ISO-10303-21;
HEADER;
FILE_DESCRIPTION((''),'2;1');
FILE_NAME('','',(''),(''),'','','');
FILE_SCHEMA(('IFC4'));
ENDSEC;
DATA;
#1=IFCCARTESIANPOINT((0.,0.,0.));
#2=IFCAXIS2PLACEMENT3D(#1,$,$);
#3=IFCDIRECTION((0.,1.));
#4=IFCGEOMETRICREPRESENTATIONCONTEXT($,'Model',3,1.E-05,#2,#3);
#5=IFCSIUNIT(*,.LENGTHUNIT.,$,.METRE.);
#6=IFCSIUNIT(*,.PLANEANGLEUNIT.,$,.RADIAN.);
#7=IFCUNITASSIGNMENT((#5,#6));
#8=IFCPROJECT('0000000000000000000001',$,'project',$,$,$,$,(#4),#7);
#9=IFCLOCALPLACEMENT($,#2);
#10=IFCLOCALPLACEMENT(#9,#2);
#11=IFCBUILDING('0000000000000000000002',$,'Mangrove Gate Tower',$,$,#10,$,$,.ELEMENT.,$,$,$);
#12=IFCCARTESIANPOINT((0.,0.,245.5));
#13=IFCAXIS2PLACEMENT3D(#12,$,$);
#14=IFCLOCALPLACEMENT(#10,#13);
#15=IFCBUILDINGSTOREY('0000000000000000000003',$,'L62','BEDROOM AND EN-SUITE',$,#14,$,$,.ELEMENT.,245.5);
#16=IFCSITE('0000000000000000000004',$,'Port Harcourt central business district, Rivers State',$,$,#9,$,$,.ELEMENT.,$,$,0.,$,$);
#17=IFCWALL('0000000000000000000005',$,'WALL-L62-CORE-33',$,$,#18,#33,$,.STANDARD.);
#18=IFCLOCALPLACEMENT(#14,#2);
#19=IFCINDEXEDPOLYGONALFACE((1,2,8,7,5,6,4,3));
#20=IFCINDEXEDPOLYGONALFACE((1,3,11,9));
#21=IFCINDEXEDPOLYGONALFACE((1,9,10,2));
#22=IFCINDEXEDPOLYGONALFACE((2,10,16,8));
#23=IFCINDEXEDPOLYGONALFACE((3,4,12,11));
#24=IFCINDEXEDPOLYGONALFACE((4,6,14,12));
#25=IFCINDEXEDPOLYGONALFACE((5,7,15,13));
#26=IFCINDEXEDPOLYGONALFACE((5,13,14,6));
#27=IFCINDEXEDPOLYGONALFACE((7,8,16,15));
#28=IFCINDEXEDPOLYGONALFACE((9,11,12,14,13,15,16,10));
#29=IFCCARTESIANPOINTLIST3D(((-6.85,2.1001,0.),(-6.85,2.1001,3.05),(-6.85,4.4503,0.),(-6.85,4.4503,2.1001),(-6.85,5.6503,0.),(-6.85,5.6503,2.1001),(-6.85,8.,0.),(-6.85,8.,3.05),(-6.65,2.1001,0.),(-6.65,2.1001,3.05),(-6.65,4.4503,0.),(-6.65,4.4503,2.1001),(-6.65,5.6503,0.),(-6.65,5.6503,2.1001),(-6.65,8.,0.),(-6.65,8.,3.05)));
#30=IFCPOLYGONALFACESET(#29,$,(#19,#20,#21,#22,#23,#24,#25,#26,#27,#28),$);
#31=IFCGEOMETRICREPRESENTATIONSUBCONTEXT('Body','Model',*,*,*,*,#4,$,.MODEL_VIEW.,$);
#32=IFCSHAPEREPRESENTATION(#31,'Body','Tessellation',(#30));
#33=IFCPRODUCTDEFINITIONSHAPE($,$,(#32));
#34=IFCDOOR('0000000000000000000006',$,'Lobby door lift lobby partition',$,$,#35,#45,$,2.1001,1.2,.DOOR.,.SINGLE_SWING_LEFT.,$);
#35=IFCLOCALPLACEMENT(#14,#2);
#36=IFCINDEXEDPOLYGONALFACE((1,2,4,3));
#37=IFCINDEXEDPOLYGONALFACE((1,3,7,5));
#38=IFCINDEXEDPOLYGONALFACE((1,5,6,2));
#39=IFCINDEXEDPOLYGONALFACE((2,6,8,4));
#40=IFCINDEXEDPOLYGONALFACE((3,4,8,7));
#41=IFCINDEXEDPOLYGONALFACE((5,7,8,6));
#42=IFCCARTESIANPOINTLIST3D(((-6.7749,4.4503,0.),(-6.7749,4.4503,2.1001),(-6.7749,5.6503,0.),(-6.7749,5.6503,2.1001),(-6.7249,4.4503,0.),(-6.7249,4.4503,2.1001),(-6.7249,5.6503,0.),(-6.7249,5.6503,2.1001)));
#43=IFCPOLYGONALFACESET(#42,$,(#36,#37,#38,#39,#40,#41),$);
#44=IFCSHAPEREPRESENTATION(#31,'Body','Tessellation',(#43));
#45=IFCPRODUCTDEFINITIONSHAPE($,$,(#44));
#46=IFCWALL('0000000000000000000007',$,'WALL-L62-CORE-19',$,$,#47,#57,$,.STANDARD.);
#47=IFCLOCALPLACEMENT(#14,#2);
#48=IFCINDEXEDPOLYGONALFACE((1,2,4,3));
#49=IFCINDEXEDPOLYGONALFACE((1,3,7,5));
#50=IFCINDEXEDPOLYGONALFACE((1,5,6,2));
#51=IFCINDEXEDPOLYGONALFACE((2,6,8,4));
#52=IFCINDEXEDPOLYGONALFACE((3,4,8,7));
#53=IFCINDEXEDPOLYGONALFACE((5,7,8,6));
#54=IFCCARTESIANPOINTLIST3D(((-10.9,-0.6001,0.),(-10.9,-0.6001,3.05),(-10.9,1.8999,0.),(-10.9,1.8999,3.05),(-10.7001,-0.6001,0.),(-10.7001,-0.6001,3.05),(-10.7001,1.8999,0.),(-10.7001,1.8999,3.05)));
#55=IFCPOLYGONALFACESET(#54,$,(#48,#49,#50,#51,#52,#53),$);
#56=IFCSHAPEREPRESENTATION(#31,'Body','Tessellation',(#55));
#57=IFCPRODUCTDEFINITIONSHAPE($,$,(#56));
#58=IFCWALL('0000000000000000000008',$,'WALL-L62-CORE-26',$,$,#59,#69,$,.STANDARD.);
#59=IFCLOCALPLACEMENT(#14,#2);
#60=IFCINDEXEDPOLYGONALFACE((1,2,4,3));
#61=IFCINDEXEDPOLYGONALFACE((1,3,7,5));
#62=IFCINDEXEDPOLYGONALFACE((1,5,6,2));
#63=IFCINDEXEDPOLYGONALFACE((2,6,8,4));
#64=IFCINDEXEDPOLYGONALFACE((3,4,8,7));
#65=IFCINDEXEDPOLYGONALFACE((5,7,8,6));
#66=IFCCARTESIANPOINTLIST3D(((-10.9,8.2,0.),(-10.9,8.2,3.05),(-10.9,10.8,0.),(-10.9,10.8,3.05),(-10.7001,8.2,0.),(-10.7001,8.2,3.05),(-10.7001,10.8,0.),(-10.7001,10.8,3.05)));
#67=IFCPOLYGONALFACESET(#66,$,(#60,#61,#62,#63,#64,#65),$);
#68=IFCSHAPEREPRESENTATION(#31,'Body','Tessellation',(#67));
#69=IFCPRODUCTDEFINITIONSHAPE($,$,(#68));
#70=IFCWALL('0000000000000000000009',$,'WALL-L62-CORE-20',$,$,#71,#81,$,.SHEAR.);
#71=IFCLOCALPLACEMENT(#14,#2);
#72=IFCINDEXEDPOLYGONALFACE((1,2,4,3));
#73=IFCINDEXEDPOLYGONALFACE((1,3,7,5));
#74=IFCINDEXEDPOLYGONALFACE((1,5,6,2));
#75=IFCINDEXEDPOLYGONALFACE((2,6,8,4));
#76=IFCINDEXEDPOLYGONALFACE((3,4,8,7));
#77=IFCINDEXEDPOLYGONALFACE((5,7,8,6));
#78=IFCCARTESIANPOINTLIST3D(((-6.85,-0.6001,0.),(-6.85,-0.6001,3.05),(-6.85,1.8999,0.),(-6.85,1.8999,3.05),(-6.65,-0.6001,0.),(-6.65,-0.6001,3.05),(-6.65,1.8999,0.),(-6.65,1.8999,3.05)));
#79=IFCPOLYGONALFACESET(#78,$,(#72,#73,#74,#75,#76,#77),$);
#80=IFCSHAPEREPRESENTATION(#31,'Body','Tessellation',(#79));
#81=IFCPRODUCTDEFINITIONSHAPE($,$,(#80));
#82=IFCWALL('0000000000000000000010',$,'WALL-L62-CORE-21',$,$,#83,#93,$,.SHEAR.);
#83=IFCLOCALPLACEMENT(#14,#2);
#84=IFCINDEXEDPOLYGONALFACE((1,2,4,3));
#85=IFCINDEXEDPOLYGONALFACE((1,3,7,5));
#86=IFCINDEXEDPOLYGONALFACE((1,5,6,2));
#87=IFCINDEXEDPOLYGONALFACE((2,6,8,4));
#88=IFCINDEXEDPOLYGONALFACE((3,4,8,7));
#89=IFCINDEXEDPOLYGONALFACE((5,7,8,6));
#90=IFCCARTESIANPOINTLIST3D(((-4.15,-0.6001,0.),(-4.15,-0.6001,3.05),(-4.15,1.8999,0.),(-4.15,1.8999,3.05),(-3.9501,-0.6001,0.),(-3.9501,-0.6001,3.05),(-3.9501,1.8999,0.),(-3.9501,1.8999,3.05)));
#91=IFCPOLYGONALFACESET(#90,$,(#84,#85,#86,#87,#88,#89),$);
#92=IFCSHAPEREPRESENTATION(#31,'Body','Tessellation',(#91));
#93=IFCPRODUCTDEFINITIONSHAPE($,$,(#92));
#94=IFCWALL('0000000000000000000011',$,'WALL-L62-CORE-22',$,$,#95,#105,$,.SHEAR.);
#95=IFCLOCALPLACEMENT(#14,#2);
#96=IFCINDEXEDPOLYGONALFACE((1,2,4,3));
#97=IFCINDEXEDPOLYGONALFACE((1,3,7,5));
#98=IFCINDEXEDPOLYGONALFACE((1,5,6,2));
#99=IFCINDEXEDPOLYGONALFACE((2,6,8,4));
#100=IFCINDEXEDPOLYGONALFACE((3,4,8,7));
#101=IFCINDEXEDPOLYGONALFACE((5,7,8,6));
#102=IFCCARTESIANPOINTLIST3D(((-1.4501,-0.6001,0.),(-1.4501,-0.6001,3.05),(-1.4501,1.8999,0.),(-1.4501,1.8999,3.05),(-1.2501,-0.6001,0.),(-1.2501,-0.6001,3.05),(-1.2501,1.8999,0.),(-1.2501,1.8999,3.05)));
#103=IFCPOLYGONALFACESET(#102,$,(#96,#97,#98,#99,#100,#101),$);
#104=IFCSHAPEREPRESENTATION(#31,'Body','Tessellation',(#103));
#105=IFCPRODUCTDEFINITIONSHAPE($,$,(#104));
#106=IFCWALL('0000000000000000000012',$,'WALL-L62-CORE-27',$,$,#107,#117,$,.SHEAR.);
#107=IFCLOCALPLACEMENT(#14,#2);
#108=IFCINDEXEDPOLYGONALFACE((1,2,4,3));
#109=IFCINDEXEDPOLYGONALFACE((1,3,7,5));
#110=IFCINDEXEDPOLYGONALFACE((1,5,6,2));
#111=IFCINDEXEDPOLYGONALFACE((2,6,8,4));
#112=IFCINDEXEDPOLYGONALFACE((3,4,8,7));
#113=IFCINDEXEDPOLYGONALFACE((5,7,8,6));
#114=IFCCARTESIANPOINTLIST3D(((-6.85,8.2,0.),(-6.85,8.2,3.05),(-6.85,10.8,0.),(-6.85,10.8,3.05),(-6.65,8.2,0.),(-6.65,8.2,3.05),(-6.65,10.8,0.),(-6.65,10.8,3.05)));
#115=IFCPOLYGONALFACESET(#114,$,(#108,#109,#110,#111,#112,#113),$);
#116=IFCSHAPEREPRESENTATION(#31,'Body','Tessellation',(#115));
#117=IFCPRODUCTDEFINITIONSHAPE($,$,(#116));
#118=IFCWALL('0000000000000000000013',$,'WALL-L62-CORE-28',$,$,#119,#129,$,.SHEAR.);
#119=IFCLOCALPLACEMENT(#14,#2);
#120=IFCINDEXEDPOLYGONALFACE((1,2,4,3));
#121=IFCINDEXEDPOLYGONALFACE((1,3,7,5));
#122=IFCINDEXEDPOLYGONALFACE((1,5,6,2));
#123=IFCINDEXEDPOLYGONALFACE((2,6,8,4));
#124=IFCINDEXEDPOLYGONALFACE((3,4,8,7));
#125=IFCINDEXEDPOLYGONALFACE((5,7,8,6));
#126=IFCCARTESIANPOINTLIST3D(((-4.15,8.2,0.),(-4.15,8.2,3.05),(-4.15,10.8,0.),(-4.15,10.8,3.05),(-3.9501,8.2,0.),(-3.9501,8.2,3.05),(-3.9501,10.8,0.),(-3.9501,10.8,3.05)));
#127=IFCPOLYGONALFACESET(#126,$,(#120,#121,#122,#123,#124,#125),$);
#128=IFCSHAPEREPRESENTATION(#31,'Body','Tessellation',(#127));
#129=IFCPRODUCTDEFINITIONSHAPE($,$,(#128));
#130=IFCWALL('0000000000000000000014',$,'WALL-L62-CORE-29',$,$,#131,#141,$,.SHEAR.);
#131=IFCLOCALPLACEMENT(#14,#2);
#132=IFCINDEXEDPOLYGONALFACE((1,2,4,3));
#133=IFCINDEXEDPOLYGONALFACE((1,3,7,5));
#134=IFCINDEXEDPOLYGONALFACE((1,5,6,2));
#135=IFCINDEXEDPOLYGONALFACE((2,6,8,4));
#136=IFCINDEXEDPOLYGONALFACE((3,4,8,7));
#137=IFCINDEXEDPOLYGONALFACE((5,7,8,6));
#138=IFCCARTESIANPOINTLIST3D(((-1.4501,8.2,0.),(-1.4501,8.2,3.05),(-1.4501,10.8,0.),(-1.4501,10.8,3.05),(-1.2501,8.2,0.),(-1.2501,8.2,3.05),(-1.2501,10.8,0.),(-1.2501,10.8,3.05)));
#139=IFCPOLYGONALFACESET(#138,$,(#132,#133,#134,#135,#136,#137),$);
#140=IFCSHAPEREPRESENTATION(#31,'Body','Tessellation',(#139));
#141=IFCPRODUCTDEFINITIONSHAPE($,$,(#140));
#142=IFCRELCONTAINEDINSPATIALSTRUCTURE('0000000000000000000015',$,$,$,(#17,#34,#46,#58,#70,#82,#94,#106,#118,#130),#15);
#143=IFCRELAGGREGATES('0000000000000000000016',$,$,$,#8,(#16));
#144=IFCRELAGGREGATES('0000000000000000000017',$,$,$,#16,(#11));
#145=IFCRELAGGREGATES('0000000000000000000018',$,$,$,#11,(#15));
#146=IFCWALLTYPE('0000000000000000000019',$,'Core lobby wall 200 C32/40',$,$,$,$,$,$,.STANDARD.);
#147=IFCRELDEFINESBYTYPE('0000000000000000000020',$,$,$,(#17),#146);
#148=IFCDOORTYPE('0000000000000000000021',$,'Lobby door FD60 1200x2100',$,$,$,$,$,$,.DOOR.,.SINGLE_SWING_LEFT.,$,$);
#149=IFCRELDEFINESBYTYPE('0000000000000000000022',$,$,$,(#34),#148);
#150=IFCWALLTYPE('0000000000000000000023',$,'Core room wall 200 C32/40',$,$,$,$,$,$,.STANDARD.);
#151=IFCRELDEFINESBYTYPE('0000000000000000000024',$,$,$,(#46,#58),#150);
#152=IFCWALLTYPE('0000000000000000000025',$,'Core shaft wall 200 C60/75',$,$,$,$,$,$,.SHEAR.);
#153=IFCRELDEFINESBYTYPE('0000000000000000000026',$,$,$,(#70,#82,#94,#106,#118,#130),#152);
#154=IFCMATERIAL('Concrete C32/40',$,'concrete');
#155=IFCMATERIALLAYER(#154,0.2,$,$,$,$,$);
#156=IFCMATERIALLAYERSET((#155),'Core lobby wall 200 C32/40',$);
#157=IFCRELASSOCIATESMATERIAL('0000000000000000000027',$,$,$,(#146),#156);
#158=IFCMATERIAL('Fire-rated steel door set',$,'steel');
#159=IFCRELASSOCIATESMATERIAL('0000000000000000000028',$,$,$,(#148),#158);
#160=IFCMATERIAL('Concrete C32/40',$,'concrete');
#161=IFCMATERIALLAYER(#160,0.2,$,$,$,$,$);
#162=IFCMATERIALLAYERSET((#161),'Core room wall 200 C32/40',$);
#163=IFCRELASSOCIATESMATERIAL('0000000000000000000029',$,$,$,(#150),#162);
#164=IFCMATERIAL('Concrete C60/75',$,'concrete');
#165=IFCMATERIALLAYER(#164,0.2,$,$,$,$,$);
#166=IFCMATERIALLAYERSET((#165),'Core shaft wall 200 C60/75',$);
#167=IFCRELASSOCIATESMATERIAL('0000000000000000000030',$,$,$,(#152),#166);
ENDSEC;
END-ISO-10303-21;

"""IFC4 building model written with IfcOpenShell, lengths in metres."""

from ifc_helpers import new_model, si_unit, direction, frame, frame_2d, origin, place, context, subcontext, project, spatial, rectangle, extrude, material, layer, layer_set, type_object, element, fill, save


model = new_model("IFC4")

# Units and contexts
model_context = context("Model", 3, precision=1e-05, world=origin(), true_north=direction((0.0, 1.0)))
body_context = subcontext(model_context, "Body", "Model", "MODEL_VIEW")
ifc_project = project(units=[si_unit("LENGTHUNIT", "METRE"), si_unit("PLANEANGLEUNIT", "RADIAN")], contexts=[model_context])

# Site, building, storey
site_placement = place(None, origin())
site = spatial("IfcSite", under=ifc_project, at=site_placement, Name="Port Harcourt central business district, Rivers State", CompositionType="ELEMENT", RefElevation=0.0)
building_placement = place(site_placement, origin())
building = spatial("IfcBuilding", under=site, at=building_placement, Name="Mangrove Gate Tower", CompositionType="ELEMENT")
storey_placement = place(building_placement, frame((0.0, 0.0, 245.5)))
storey = spatial("IfcBuildingStorey", under=building, at=storey_placement, Name="L62", Description="BEDROOM AND EN-SUITE", CompositionType="ELEMENT", Elevation=245.5)

# Wall, opening, door
ifc_material_1 = material(Name="Concrete C32/40", Category="concrete")
ifc_layer_1 = layer(ifc_material_1, 0.2)
ifc_layer_set_1 = layer_set([ifc_layer_1], Name="Core lobby wall 200 C32/40")
wall_type_1 = type_object("IfcWallType", Name="Core lobby wall 200 C32/40", PredefinedType="STANDARD", material=ifc_layer_set_1)
wall_1_placement = place(storey_placement, frame((-6.75, 2.1001, 0.0), z_axis=(0.0, 0.0, 1.0), x_axis=(0.0, 1.0, 0.0)))
wall_1 = element("IfcWall", 1, at=wall_1_placement, inside=storey, type_object=wall_type_1, Name="WALL-L62-CORE-33", PredefinedType="STANDARD", context=body_context, shape_type="SweptSolid", body=[
    extrude(rectangle(XDim=5.8999, YDim=0.2, at=frame_2d((2.95, 0.0))), origin(), (0.0, 0.0, 1.0), 3.05),
])
opening_placement = place(wall_1_placement, frame((2.3501, 0.0, 0.0)))
opening = element("IfcOpeningElement", 2, at=opening_placement, cuts=wall_1, PredefinedType="OPENING", context=body_context, shape_type="SweptSolid", body=[
    extrude(rectangle(XDim=1.2, YDim=2.1001, at=frame_2d((0.6001, 1.05))), frame((0.0, 0.1099, 0.0), z_axis=(0.0, -1.0, 0.0), x_axis=(1.0, 0.0, 0.0)), (0.0, 0.0, 1.0), 0.22),
])
ifc_material_2 = material(Name="Fire-rated steel door set", Category="steel")
door_type = type_object("IfcDoorType", Name="Lobby door FD60 1200x2100", OperationType="SINGLE_SWING_LEFT", PredefinedType="DOOR", material=ifc_material_2)
door_placement = place(opening_placement, origin())
door = element("IfcDoor", 3, at=door_placement, inside=storey, type_object=door_type, Name="Lobby door lift lobby partition", OperationType="SINGLE_SWING_LEFT", OverallHeight=2.1001, OverallWidth=1.2, PredefinedType="DOOR", context=body_context, shape_type="SweptSolid", body=[
    extrude(rectangle(XDim=1.2, YDim=2.1001, at=frame_2d((0.6001, 1.05))), frame((0.0, 0.0249, 0.0), z_axis=(0.0, -1.0, 0.0), x_axis=(1.0, 0.0, 0.0)), (0.0, 0.0, 1.0), 0.05),
])
fill(opening, door)

# Walls
ifc_material_3 = material(Name="Concrete C32/40", Category="concrete")
ifc_layer_2 = layer(ifc_material_3, 0.2)
ifc_layer_set_2 = layer_set([ifc_layer_2], Name="Core room wall 200 C32/40")
wall_type_2 = type_object("IfcWallType", Name="Core room wall 200 C32/40", PredefinedType="STANDARD", material=ifc_layer_set_2)
wall_2_placement = place(storey_placement, frame((-10.8, -0.6001, 0.0), z_axis=(0.0, 0.0, 1.0), x_axis=(0.0, 1.0, 0.0)))
element("IfcWall", 4, at=wall_2_placement, inside=storey, type_object=wall_type_2, Name="WALL-L62-CORE-19", PredefinedType="STANDARD", context=body_context, shape_type="SweptSolid", body=[
    extrude(rectangle(XDim=2.5, YDim=0.2, at=frame_2d((1.25, 0.0))), origin(), (0.0, 0.0, 1.0), 3.05),
])
wall_3_placement = place(storey_placement, frame((-10.8, 8.2, 0.0), z_axis=(0.0, 0.0, 1.0), x_axis=(0.0, 1.0, 0.0)))
element("IfcWall", 5, at=wall_3_placement, inside=storey, type_object=wall_type_2, Name="WALL-L62-CORE-26", PredefinedType="STANDARD", context=body_context, shape_type="SweptSolid", body=[
    extrude(rectangle(XDim=2.6001, YDim=0.2, at=frame_2d((1.3, 0.0))), origin(), (0.0, 0.0, 1.0), 3.05),
])
ifc_material_4 = material(Name="Concrete C60/75", Category="concrete")
ifc_layer_3 = layer(ifc_material_4, 0.2)
ifc_layer_set_3 = layer_set([ifc_layer_3], Name="Core shaft wall 200 C60/75")
wall_type_3 = type_object("IfcWallType", Name="Core shaft wall 200 C60/75", PredefinedType="SHEAR", material=ifc_layer_set_3)
for number, where, z_axis, x_axis, name in (
    (6, (-6.75, -0.6001, 0.0), (0.0, 0.0, 1.0), (0.0, 1.0, 0.0), "WALL-L62-CORE-20"),
    (7, (-4.05, -0.6001, 0.0), (0.0, 0.0, 1.0), (0.0, 1.0, 0.0), "WALL-L62-CORE-21"),
    (8, (-1.3501, -0.6001, 0.0), (0.0, 0.0, 1.0), (0.0, 1.0, 0.0), "WALL-L62-CORE-22"),
):
    element("IfcWall", number, at=place(storey_placement, frame(where, z_axis=z_axis, x_axis=x_axis)), inside=storey, type_object=wall_type_3, Name=name, PredefinedType="SHEAR", context=body_context, shape_type="SweptSolid", body=[
        extrude(rectangle(XDim=2.5, YDim=0.2, at=frame_2d((1.25, 0.0))), origin(), (0.0, 0.0, 1.0), 3.05),
    ])
for number, where, z_axis, x_axis, name in (
    (9, (-6.75, 8.2, 0.0), (0.0, 0.0, 1.0), (0.0, 1.0, 0.0), "WALL-L62-CORE-27"),
    (10, (-4.05, 8.2, 0.0), (0.0, 0.0, 1.0), (0.0, 1.0, 0.0), "WALL-L62-CORE-28"),
    (11, (-1.3501, 8.2, 0.0), (0.0, 0.0, 1.0), (0.0, 1.0, 0.0), "WALL-L62-CORE-29"),
):
    element("IfcWall", number, at=place(storey_placement, frame(where, z_axis=z_axis, x_axis=x_axis)), inside=storey, type_object=wall_type_3, Name=name, PredefinedType="SHEAR", context=body_context, shape_type="SweptSolid", body=[
        extrude(rectangle(XDim=2.6001, YDim=0.2, at=frame_2d((1.3, 0.0))), origin(), (0.0, 0.0, 1.0), 3.05),
    ])

save(model, "model.ifc")
